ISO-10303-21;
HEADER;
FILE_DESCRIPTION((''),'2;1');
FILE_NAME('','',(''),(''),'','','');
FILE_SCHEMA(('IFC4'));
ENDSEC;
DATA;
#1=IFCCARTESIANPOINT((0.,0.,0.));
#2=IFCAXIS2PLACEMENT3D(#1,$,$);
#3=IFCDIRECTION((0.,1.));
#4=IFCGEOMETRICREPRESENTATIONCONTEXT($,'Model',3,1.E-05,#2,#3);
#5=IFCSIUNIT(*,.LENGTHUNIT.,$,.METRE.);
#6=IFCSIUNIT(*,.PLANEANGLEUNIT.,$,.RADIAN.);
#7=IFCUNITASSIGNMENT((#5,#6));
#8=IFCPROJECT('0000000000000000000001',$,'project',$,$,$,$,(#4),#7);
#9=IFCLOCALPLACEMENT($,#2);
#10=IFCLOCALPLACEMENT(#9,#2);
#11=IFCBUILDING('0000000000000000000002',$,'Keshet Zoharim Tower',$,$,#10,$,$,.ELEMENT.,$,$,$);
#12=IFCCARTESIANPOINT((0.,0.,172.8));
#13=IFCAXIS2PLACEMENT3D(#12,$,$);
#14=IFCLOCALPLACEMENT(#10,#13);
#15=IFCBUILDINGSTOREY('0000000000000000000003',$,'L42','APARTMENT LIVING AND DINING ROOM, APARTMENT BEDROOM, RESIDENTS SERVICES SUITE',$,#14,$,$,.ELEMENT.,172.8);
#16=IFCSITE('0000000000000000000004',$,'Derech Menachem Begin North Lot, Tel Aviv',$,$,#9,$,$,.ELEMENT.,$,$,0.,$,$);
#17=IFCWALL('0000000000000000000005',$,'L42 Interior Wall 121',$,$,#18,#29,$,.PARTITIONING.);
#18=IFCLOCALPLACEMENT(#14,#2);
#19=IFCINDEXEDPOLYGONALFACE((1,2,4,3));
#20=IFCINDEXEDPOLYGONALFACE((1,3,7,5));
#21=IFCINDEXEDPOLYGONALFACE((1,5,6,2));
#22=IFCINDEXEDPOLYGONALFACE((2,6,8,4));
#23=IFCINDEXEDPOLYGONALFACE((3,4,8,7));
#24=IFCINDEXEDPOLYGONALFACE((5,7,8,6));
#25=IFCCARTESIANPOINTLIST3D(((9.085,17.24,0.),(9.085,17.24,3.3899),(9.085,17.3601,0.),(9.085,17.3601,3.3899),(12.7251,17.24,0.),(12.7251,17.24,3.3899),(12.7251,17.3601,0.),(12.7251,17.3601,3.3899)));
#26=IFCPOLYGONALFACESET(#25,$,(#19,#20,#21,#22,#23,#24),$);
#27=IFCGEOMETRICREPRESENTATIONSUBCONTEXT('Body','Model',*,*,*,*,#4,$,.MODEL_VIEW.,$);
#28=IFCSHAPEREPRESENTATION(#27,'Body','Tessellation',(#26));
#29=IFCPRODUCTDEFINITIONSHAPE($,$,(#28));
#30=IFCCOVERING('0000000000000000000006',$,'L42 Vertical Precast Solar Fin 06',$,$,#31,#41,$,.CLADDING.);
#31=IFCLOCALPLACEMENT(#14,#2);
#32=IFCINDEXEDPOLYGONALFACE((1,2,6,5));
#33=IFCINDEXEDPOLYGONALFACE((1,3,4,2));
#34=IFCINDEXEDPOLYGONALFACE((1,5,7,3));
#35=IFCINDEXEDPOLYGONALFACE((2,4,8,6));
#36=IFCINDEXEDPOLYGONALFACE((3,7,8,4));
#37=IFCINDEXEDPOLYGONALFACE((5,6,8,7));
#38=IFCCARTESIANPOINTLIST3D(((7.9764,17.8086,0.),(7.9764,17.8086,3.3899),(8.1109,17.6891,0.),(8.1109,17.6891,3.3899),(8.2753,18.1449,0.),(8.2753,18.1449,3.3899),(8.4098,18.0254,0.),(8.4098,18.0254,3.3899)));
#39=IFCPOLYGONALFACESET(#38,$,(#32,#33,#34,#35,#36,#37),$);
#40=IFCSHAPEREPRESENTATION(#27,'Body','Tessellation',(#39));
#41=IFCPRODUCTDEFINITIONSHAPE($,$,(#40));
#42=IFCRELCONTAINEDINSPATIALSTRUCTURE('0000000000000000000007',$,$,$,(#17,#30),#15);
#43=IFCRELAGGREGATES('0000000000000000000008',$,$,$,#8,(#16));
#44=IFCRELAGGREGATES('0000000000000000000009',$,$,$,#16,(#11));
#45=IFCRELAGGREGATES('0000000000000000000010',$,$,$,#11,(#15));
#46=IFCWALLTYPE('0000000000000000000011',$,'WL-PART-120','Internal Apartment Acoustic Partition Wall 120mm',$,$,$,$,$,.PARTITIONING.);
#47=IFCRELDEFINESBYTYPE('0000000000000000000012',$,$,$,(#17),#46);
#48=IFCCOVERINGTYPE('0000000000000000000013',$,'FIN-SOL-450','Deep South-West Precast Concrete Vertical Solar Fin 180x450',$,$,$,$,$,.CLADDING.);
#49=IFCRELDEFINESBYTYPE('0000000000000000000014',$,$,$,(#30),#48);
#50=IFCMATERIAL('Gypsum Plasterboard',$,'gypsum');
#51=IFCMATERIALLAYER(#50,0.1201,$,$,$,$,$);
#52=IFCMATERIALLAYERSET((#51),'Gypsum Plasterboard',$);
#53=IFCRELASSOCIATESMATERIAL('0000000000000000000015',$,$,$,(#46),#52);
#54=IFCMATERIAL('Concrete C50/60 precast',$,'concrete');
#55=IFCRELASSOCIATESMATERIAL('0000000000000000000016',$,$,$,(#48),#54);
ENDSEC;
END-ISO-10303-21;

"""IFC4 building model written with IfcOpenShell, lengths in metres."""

from ifc_helpers import new_model, si_unit, direction, frame, frame_2d, origin, origin_2d, place, context, subcontext, project, spatial, rectangle, extrude, material, layer, layer_set, type_object, element, save


model = new_model("IFC4")

# Units and contexts
model_context = context("Model", 3, precision=1e-05, world=origin(), true_north=direction((0.0, 1.0)))
body_context = subcontext(model_context, "Body", "Model", "MODEL_VIEW")
ifc_project = project(units=[si_unit("LENGTHUNIT", "METRE"), si_unit("PLANEANGLEUNIT", "RADIAN")], contexts=[model_context])

# Site, building, storey
site_placement = place(None, origin())
site = spatial("IfcSite", under=ifc_project, at=site_placement, Name="Derech Menachem Begin North Lot, Tel Aviv", CompositionType="ELEMENT", RefElevation=0.0)
building_placement = place(site_placement, origin())
building = spatial("IfcBuilding", under=site, at=building_placement, Name="Keshet Zoharim Tower", CompositionType="ELEMENT")
storey_placement = place(building_placement, frame((0.0, 0.0, 172.8)))
storey = spatial("IfcBuildingStorey", under=building, at=storey_placement, Name="L42", Description="APARTMENT LIVING AND DINING ROOM, APARTMENT BEDROOM, RESIDENTS SERVICES SUITE", CompositionType="ELEMENT", Elevation=172.8)

# Shared definitions
ifc_material_1 = material(Name="Gypsum Plasterboard", Category="gypsum")

# Wall
ifc_layer_1 = layer(ifc_material_1, 0.1201)
ifc_layer_set_1 = layer_set([ifc_layer_1], Name="Gypsum Plasterboard")
wall_type_1 = type_object("IfcWallType", Name="WL-PART-120", Description="Internal Apartment Acoustic Partition Wall 120mm", PredefinedType="PARTITIONING", material=ifc_layer_set_1)
wall_1_placement = place(storey_placement, frame((9.085, 17.3, 0.0), z_axis=(0.0, 0.0, 1.0), x_axis=(1.0, 0.0, 0.0)))
element("IfcWall", 1, at=wall_1_placement, inside=storey, type_object=wall_type_1, Name="L42 Interior Wall 121", PredefinedType="PARTITIONING", context=body_context, shape_type="SweptSolid", body=[
    extrude(rectangle(XDim=3.6401, YDim=0.1201, at=frame_2d((1.8201, 0.0))), origin(), (0.0, 0.0, 1.0), 3.3899),
])

# Covering
ifc_material_2 = material(Name="Concrete C50/60 precast", Category="concrete")
covering_type = type_object("IfcCoveringType", Name="FIN-SOL-450", Description="Deep South-West Precast Concrete Vertical Solar Fin 180x450", PredefinedType="CLADDING", material=ifc_material_2)
covering_placement = place(storey_placement, frame((8.1931, 17.917, 0.0), z_axis=(0.0, 0.0, 1.0), x_axis=(-0.747409, 0.664364, 0.0)))
element("IfcCovering", 2, at=covering_placement, inside=storey, type_object=covering_type, Name="L42 Vertical Precast Solar Fin 06", PredefinedType="CLADDING", context=body_context, shape_type="SweptSolid", body=[
    extrude(rectangle(XDim=0.1799, YDim=0.45, at=origin_2d()), origin(), (0.0, 0.0, 1.0), 3.3899),
])

save(model, "model.ifc")
